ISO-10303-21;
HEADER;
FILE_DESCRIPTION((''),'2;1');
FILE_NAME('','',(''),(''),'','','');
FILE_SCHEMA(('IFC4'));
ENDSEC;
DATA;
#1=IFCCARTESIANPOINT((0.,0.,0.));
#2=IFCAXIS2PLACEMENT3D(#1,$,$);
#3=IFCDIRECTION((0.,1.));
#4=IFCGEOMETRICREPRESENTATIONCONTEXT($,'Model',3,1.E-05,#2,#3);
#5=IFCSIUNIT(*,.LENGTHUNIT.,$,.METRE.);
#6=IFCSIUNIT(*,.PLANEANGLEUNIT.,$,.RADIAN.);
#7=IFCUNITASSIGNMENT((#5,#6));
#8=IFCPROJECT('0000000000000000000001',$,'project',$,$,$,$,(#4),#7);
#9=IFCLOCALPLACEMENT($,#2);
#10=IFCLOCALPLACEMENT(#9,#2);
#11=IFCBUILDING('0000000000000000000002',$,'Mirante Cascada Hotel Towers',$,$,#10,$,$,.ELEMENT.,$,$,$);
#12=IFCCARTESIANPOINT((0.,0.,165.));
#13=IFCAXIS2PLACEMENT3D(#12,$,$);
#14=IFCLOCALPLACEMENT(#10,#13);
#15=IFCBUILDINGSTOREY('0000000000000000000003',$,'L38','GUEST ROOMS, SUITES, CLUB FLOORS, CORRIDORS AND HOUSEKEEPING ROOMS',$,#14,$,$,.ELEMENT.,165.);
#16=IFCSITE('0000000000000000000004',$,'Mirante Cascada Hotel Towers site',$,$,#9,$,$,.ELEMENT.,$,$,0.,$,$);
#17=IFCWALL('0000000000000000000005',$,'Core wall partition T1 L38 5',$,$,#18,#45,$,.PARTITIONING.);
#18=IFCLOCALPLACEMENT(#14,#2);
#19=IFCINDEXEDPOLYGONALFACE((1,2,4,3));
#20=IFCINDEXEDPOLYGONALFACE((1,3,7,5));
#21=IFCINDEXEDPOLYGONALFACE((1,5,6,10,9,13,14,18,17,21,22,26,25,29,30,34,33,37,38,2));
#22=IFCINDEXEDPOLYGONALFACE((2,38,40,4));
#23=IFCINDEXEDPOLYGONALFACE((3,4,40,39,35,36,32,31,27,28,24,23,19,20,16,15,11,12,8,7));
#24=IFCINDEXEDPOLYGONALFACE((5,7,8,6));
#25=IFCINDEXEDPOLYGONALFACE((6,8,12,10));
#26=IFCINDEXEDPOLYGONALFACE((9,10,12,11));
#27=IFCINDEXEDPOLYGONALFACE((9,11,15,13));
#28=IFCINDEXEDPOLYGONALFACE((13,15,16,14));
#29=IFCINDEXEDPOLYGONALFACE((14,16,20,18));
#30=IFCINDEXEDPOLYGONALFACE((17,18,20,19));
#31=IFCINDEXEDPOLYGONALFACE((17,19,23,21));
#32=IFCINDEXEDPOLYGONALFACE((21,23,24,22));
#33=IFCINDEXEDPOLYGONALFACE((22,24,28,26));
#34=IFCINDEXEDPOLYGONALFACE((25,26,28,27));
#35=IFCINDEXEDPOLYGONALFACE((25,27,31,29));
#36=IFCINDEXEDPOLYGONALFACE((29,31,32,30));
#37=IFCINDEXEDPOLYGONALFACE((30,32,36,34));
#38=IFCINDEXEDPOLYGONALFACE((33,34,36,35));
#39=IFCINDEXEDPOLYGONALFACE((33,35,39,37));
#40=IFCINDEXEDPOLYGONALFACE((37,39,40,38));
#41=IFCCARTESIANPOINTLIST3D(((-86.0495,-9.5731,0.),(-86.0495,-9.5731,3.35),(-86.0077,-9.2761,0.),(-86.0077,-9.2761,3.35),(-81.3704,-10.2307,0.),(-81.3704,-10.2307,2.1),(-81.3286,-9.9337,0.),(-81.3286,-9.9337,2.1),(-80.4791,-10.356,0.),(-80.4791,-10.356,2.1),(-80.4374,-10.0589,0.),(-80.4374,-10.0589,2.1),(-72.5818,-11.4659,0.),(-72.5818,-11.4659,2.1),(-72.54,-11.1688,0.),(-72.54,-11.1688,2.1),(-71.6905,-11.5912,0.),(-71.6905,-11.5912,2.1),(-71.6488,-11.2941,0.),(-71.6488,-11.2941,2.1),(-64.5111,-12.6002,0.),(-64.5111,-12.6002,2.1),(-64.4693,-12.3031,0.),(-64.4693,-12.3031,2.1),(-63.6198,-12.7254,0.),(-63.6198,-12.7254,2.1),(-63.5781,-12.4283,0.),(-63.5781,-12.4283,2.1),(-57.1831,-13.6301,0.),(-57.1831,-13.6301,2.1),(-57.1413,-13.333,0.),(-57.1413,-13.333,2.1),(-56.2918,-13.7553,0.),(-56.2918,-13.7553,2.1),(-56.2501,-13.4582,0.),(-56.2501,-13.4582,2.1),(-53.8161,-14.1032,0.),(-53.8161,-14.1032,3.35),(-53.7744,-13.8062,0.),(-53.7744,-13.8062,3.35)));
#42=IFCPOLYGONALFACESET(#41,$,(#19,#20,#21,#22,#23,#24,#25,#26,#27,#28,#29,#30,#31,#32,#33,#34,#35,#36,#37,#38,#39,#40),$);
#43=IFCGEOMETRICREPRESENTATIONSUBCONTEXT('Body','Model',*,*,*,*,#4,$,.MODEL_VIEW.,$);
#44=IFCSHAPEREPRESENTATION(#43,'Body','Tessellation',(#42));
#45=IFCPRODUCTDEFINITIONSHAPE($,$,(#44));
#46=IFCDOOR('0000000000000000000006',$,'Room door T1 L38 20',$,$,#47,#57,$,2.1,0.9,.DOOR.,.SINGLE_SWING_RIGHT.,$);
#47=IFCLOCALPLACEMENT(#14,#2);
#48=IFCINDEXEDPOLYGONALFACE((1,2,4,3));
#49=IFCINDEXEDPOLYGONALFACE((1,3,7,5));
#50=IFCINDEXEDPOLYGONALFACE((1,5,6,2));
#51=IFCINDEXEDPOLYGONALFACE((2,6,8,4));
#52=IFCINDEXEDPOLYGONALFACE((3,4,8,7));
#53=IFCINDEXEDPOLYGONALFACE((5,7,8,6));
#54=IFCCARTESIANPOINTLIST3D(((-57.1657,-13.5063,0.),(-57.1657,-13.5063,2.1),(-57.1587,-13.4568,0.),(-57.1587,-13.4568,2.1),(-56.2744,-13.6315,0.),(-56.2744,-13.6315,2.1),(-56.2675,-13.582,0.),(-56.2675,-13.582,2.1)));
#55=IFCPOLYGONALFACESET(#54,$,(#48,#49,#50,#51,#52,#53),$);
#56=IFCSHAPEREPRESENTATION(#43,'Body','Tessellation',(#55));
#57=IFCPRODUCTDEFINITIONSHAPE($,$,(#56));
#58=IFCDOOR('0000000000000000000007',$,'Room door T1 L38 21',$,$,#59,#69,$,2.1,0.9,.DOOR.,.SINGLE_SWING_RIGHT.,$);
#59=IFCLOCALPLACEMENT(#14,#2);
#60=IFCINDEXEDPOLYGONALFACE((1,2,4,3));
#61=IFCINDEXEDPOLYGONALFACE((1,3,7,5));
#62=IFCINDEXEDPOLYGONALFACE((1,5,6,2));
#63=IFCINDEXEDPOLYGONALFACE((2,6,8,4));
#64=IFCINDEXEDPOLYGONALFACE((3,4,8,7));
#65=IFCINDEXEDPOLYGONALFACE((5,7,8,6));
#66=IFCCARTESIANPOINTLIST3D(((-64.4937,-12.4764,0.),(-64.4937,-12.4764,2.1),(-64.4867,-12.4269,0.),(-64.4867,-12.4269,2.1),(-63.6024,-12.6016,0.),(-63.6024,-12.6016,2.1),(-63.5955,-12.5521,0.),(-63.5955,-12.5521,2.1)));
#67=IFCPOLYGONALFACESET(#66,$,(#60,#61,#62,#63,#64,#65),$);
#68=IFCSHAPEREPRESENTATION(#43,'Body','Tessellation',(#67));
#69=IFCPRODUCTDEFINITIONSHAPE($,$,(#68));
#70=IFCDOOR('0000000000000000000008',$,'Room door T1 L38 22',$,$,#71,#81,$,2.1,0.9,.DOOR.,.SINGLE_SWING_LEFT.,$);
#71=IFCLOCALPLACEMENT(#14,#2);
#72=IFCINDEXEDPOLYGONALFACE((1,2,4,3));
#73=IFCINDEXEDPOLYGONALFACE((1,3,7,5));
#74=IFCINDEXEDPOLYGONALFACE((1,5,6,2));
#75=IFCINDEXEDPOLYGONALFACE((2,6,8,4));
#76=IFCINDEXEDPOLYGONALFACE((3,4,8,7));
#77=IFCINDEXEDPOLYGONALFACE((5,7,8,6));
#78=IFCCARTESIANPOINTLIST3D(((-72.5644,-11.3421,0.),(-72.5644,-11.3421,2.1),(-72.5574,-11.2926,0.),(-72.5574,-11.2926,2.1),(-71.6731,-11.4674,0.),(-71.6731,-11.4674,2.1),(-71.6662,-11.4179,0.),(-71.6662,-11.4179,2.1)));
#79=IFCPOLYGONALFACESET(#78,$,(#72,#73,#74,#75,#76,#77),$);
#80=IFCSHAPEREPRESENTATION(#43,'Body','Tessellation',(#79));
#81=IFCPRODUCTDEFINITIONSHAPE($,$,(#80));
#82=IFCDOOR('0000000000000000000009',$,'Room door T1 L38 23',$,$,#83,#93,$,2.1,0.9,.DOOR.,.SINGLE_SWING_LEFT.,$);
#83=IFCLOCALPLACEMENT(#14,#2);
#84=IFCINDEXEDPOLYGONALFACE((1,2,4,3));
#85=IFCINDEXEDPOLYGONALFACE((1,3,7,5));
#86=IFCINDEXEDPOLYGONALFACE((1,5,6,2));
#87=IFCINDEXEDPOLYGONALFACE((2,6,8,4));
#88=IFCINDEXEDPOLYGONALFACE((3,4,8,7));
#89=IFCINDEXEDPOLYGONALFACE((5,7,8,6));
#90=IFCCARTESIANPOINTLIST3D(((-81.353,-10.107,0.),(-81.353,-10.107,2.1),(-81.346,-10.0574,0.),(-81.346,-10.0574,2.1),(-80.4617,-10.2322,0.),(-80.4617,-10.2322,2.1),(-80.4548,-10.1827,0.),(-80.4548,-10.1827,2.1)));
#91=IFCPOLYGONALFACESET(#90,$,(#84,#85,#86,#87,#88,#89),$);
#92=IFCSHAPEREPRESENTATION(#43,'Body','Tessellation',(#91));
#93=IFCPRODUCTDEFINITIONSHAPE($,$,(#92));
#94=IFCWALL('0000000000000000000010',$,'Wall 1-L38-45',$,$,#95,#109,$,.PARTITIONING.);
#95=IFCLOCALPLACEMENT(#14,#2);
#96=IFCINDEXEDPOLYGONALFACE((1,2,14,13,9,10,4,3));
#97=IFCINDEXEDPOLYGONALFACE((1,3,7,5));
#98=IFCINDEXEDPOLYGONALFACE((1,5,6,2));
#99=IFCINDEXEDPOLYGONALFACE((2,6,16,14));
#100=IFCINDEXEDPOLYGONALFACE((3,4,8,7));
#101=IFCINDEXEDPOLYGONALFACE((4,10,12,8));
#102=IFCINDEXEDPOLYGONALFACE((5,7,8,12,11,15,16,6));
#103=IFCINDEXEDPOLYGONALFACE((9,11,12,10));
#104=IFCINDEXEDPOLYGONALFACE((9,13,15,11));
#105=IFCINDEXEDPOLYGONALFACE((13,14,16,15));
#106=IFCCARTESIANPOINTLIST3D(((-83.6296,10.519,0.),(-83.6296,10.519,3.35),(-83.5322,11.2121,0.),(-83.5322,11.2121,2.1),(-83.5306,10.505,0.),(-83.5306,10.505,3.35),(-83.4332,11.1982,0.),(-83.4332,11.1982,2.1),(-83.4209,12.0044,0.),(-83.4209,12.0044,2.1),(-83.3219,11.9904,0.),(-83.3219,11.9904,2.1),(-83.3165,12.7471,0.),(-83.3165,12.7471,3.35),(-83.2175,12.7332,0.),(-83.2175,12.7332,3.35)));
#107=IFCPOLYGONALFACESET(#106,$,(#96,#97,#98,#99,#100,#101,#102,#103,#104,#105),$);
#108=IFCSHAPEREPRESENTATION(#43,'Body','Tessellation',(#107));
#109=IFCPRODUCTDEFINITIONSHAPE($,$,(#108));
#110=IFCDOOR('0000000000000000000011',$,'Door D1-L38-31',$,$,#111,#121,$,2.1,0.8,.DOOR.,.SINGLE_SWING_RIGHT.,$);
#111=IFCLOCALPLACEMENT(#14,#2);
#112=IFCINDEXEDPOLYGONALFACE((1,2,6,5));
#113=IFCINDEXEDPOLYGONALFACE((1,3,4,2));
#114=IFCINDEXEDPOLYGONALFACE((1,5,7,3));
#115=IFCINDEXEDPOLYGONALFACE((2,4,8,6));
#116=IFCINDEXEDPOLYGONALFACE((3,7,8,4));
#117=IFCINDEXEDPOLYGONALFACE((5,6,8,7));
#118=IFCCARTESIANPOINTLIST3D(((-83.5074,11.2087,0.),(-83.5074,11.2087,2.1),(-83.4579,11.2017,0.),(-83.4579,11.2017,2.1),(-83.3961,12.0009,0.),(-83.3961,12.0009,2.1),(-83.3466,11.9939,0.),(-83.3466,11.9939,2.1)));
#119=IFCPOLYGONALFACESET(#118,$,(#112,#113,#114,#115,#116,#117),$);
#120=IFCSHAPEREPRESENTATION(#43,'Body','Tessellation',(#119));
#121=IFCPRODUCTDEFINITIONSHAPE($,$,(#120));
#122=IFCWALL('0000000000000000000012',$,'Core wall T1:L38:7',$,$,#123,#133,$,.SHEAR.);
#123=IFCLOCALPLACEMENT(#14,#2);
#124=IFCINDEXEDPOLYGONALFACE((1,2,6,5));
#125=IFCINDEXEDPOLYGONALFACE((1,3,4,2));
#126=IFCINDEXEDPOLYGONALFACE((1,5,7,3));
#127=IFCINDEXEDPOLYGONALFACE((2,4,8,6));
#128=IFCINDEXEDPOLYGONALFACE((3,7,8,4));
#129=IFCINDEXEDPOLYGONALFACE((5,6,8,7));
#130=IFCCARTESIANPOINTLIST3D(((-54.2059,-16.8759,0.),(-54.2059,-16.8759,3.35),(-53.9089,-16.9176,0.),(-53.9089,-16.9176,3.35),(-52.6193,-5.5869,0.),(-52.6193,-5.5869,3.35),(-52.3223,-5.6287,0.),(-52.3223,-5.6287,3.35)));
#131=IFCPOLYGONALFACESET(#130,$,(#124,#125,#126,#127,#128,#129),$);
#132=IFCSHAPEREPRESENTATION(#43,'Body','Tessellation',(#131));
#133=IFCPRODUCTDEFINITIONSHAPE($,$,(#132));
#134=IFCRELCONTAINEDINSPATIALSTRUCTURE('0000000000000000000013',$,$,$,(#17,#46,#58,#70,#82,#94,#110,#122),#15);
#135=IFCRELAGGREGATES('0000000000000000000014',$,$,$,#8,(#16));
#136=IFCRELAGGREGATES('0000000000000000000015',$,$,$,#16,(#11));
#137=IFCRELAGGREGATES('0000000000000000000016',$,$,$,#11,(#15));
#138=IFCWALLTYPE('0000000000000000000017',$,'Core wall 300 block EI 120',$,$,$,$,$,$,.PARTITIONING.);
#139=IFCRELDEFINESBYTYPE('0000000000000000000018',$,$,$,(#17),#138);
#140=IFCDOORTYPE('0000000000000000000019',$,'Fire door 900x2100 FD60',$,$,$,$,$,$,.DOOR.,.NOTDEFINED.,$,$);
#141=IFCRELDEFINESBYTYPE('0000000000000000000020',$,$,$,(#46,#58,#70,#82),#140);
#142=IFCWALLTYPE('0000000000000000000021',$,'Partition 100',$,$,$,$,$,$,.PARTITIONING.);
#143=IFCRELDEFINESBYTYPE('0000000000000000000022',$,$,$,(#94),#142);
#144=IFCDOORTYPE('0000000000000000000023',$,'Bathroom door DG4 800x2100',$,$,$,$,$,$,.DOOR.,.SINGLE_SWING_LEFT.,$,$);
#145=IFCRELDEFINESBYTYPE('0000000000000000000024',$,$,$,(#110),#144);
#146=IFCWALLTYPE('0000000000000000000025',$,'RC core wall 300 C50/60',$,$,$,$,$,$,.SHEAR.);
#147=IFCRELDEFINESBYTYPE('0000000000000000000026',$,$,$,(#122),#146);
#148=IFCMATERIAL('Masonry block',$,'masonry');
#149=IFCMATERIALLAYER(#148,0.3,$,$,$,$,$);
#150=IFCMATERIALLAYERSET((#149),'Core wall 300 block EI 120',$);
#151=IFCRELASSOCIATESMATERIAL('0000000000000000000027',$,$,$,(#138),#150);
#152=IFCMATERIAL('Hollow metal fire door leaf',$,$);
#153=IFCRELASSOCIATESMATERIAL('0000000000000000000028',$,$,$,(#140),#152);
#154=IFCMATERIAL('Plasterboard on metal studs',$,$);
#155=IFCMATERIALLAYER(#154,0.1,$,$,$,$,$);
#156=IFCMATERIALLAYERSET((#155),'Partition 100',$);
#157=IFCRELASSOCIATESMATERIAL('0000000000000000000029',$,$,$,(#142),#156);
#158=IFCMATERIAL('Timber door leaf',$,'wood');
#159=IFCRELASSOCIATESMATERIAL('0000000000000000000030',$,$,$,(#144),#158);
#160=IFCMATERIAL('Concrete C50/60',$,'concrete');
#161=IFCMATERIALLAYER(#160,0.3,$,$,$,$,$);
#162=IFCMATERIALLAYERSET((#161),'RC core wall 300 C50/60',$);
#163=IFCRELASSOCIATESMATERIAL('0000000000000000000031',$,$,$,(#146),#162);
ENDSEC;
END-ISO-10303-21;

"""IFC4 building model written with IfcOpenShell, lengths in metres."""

from ifc_helpers import new_model, si_unit, direction, frame, frame_2d, origin, place, context, subcontext, project, spatial, rectangle, extrude, material, layer, layer_set, type_object, element, fill, save


model = new_model("IFC4")

# Units and contexts
model_context = context("Model", 3, precision=1e-05, world=origin(), true_north=direction((0.0, 1.0)))
body_context = subcontext(model_context, "Body", "Model", "MODEL_VIEW")
ifc_project = project(units=[si_unit("LENGTHUNIT", "METRE"), si_unit("PLANEANGLEUNIT", "RADIAN")], contexts=[model_context])

# Site, building, storey
site_placement = place(None, origin())
site = spatial("IfcSite", under=ifc_project, at=site_placement, Name="Mirante Cascada Hotel Towers site", CompositionType="ELEMENT", RefElevation=0.0)
building_placement = place(site_placement, origin())
building = spatial("IfcBuilding", under=site, at=building_placement, Name="Mirante Cascada Hotel Towers", CompositionType="ELEMENT")
storey_placement = place(building_placement, frame((0.0, 0.0, 165.0)))
storey = spatial("IfcBuildingStorey", under=building, at=storey_placement, Name="L38", Description="GUEST ROOMS, SUITES, CLUB FLOORS, CORRIDORS AND HOUSEKEEPING ROOMS", CompositionType="ELEMENT", Elevation=165.0)

# Wall, openings, doors
ifc_material_1 = material(Name="Masonry block", Category="masonry")
ifc_layer_1 = layer(ifc_material_1, 0.3)
ifc_layer_set_1 = layer_set([ifc_layer_1], Name="Core wall 300 block EI 120")
wall_type_1 = type_object("IfcWallType", Name="Core wall 300 block EI 120", PredefinedType="PARTITIONING", material=ifc_layer_set_1)
wall_1_placement = place(storey_placement, frame((-53.7953, -13.9547, 0.0), z_axis=(0.0, 0.0, 1.0), x_axis=(-0.990268, 0.139173, 0.0)))
wall_1 = element("IfcWall", 1, at=wall_1_placement, inside=storey, type_object=wall_type_1, Name="Core wall partition T1 L38 5", PredefinedType="PARTITIONING", context=body_context, shape_type="SweptSolid", body=[
    extrude(rectangle(XDim=32.5501, YDim=0.3, at=frame_2d((16.275, 0.0))), origin(), (0.0, 0.0, 1.0), 3.35),
])
opening_1_placement = place(wall_1_placement, frame((2.5, 0.0, 0.0)))
opening_1 = element("IfcOpeningElement", 2, at=opening_1_placement, cuts=wall_1, PredefinedType="OPENING", context=body_context, shape_type="SweptSolid", body=[
    extrude(rectangle(XDim=0.9, YDim=2.1, at=frame_2d((0.45, 1.05))), frame((0.0, 0.15, 0.0), z_axis=(0.0, -1.0, 0.0), x_axis=(1.0, 0.0, 0.0)), (0.0, 0.0, 1.0), 0.3),
])
opening_2_placement = place(wall_1_placement, frame((9.9, 0.0, 0.0)))
opening_2 = element("IfcOpeningElement", 3, at=opening_2_placement, cuts=wall_1, PredefinedType="OPENING", context=body_context, shape_type="SweptSolid", body=[
    extrude(rectangle(XDim=0.9, YDim=2.1, at=frame_2d((0.45, 1.05))), frame((0.0, 0.15, 0.0), z_axis=(0.0, -1.0, 0.0), x_axis=(1.0, 0.0, 0.0)), (0.0, 0.0, 1.0), 0.3),
])
opening_3_placement = place(wall_1_placement, frame((18.05, 0.0, 0.0)))
opening_3 = element("IfcOpeningElement", 4, at=opening_3_placement, cuts=wall_1, PredefinedType="OPENING", context=body_context, shape_type="SweptSolid", body=[
    extrude(rectangle(XDim=0.9, YDim=2.1, at=frame_2d((0.45, 1.05))), frame((0.0, 0.15, 0.0), z_axis=(0.0, -1.0, 0.0), x_axis=(1.0, 0.0, 0.0)), (0.0, 0.0, 1.0), 0.3),
])
opening_4_placement = place(wall_1_placement, frame((26.925, 0.0, 0.0)))
opening_4 = element("IfcOpeningElement", 5, at=opening_4_placement, cuts=wall_1, PredefinedType="OPENING", context=body_context, shape_type="SweptSolid", body=[
    extrude(rectangle(XDim=0.9, YDim=2.1, at=frame_2d((0.45, 1.05))), frame((0.0, 0.15, 0.0), z_axis=(0.0, -1.0, 0.0), x_axis=(1.0, 0.0, 0.0)), (0.0, 0.0, 1.0), 0.3),
])
ifc_material_2 = material(Name="Hollow metal fire door leaf")
door_type_1 = type_object("IfcDoorType", Name="Fire door 900x2100 FD60", OperationType="NOTDEFINED", PredefinedType="DOOR", material=ifc_material_2)
door_1_placement = place(opening_1_placement, origin())
door_1 = element("IfcDoor", 6, at=door_1_placement, inside=storey, type_object=door_type_1, Name="Room door T1 L38 20", OperationType="SINGLE_SWING_RIGHT", OverallHeight=2.1, OverallWidth=0.9, PredefinedType="DOOR", context=body_context, shape_type="SweptSolid", body=[
    extrude(rectangle(XDim=0.9, YDim=2.1, at=frame_2d((0.45, 1.05))), frame((0.0, 0.025, 0.0), z_axis=(0.0, -1.0, 0.0), x_axis=(1.0, 0.0, 0.0)), (0.0, 0.0, 1.0), 0.05),
])
fill(opening_1, door_1)
door_2_placement = place(opening_2_placement, origin())
door_2 = element("IfcDoor", 7, at=door_2_placement, inside=storey, type_object=door_type_1, Name="Room door T1 L38 21", OperationType="SINGLE_SWING_RIGHT", OverallHeight=2.1, OverallWidth=0.9, PredefinedType="DOOR", context=body_context, shape_type="SweptSolid", body=[
    extrude(rectangle(XDim=0.9, YDim=2.1, at=frame_2d((0.45, 1.05))), frame((0.0, 0.025, 0.0), z_axis=(0.0, -1.0, 0.0), x_axis=(1.0, 0.0, 0.0)), (0.0, 0.0, 1.0), 0.05),
])
fill(opening_2, door_2)
door_3_placement = place(opening_3_placement, origin())
door_3 = element("IfcDoor", 8, at=door_3_placement, inside=storey, type_object=door_type_1, Name="Room door T1 L38 22", OperationType="SINGLE_SWING_LEFT", OverallHeight=2.1, OverallWidth=0.9, PredefinedType="DOOR", context=body_context, shape_type="SweptSolid", body=[
    extrude(rectangle(XDim=0.9, YDim=2.1, at=frame_2d((0.45, 1.05))), frame((0.0, 0.025, 0.0), z_axis=(0.0, -1.0, 0.0), x_axis=(1.0, 0.0, 0.0)), (0.0, 0.0, 1.0), 0.05),
])
fill(opening_3, door_3)
door_4_placement = place(opening_4_placement, origin())
door_4 = element("IfcDoor", 9, at=door_4_placement, inside=storey, type_object=door_type_1, Name="Room door T1 L38 23", OperationType="SINGLE_SWING_LEFT", OverallHeight=2.1, OverallWidth=0.9, PredefinedType="DOOR", context=body_context, shape_type="SweptSolid", body=[
    extrude(rectangle(XDim=0.9, YDim=2.1, at=frame_2d((0.45, 1.05))), frame((0.0, 0.025, 0.0), z_axis=(0.0, -1.0, 0.0), x_axis=(1.0, 0.0, 0.0)), (0.0, 0.0, 1.0), 0.05),
])
fill(opening_4, door_4)

# Wall, opening, door
ifc_material_3 = material(Name="Plasterboard on metal studs")
ifc_layer_2 = layer(ifc_material_3, 0.1)
ifc_layer_set_2 = layer_set([ifc_layer_2], Name="Partition 100")
wall_type_2 = type_object("IfcWallType", Name="Partition 100", PredefinedType="PARTITIONING", material=ifc_layer_set_2)
wall_2_placement = place(storey_placement, frame((-83.5801, 10.512, 0.0), z_axis=(0.0, 0.0, 1.0), x_axis=(0.139156, 0.990271, 0.0)))
wall_2 = element("IfcWall", 10, at=wall_2_placement, inside=storey, type_object=wall_type_2, Name="Wall 1-L38-45", PredefinedType="PARTITIONING", context=body_context, shape_type="SweptSolid", body=[
    extrude(rectangle(XDim=2.25, YDim=0.1, at=frame_2d((1.125, 0.0))), origin(), (0.0, 0.0, 1.0), 3.35),
])
opening_5_placement = place(wall_2_placement, frame((0.7, 0.0, 0.0)))
opening_5 = element("IfcOpeningElement", 11, at=opening_5_placement, cuts=wall_2, PredefinedType="OPENING", context=body_context, shape_type="SweptSolid", body=[
    extrude(rectangle(XDim=0.8, YDim=2.1, at=frame_2d((0.4, 1.05))), frame((0.0, 0.05, 0.0), z_axis=(0.0, -1.0, 0.0), x_axis=(1.0, 0.0, 0.0)), (0.0, 0.0, 1.0), 0.1),
])
ifc_material_4 = material(Name="Timber door leaf", Category="wood")
door_type_2 = type_object("IfcDoorType", Name="Bathroom door DG4 800x2100", OperationType="SINGLE_SWING_LEFT", PredefinedType="DOOR", material=ifc_material_4)
door_5_placement = place(opening_5_placement, frame((0.8, 0.0, 0.0), z_axis=(0.0, 0.0, 1.0), x_axis=(-1.0, 0.0, 0.0)))
door_5 = element("IfcDoor", 12, at=door_5_placement, inside=storey, type_object=door_type_2, Name="Door D1-L38-31", OperationType="SINGLE_SWING_RIGHT", OverallHeight=2.1, OverallWidth=0.8, PredefinedType="DOOR", context=body_context, shape_type="SweptSolid", body=[
    extrude(rectangle(XDim=0.8, YDim=2.1, at=frame_2d((0.4, 1.05))), frame((0.0, 0.025, 0.0), z_axis=(0.0, -1.0, 0.0), x_axis=(1.0, 0.0, 0.0)), (0.0, 0.0, 1.0), 0.05),
])
fill(opening_5, door_5)

# Wall
ifc_material_5 = material(Name="Concrete C50/60", Category="concrete")
ifc_layer_3 = layer(ifc_material_5, 0.3)
ifc_layer_set_3 = layer_set([ifc_layer_3], Name="RC core wall 300 C50/60")
wall_type_3 = type_object("IfcWallType", Name="RC core wall 300 C50/60", PredefinedType="SHEAR", material=ifc_layer_set_3)
wall_3_placement = place(storey_placement, frame((-54.0574, -16.8968, 0.0), z_axis=(0.0, 0.0, 1.0), x_axis=(0.139176, 0.990268, 0.0)))
element("IfcWall", 13, at=wall_3_placement, inside=storey, type_object=wall_type_3, Name="Core wall T1:L38:7", PredefinedType="SHEAR", context=body_context, shape_type="SweptSolid", body=[
    extrude(rectangle(XDim=11.3999, YDim=0.3, at=frame_2d((5.7, 0.0))), origin(), (0.0, 0.0, 1.0), 3.35),
])

save(model, "model.ifc")
